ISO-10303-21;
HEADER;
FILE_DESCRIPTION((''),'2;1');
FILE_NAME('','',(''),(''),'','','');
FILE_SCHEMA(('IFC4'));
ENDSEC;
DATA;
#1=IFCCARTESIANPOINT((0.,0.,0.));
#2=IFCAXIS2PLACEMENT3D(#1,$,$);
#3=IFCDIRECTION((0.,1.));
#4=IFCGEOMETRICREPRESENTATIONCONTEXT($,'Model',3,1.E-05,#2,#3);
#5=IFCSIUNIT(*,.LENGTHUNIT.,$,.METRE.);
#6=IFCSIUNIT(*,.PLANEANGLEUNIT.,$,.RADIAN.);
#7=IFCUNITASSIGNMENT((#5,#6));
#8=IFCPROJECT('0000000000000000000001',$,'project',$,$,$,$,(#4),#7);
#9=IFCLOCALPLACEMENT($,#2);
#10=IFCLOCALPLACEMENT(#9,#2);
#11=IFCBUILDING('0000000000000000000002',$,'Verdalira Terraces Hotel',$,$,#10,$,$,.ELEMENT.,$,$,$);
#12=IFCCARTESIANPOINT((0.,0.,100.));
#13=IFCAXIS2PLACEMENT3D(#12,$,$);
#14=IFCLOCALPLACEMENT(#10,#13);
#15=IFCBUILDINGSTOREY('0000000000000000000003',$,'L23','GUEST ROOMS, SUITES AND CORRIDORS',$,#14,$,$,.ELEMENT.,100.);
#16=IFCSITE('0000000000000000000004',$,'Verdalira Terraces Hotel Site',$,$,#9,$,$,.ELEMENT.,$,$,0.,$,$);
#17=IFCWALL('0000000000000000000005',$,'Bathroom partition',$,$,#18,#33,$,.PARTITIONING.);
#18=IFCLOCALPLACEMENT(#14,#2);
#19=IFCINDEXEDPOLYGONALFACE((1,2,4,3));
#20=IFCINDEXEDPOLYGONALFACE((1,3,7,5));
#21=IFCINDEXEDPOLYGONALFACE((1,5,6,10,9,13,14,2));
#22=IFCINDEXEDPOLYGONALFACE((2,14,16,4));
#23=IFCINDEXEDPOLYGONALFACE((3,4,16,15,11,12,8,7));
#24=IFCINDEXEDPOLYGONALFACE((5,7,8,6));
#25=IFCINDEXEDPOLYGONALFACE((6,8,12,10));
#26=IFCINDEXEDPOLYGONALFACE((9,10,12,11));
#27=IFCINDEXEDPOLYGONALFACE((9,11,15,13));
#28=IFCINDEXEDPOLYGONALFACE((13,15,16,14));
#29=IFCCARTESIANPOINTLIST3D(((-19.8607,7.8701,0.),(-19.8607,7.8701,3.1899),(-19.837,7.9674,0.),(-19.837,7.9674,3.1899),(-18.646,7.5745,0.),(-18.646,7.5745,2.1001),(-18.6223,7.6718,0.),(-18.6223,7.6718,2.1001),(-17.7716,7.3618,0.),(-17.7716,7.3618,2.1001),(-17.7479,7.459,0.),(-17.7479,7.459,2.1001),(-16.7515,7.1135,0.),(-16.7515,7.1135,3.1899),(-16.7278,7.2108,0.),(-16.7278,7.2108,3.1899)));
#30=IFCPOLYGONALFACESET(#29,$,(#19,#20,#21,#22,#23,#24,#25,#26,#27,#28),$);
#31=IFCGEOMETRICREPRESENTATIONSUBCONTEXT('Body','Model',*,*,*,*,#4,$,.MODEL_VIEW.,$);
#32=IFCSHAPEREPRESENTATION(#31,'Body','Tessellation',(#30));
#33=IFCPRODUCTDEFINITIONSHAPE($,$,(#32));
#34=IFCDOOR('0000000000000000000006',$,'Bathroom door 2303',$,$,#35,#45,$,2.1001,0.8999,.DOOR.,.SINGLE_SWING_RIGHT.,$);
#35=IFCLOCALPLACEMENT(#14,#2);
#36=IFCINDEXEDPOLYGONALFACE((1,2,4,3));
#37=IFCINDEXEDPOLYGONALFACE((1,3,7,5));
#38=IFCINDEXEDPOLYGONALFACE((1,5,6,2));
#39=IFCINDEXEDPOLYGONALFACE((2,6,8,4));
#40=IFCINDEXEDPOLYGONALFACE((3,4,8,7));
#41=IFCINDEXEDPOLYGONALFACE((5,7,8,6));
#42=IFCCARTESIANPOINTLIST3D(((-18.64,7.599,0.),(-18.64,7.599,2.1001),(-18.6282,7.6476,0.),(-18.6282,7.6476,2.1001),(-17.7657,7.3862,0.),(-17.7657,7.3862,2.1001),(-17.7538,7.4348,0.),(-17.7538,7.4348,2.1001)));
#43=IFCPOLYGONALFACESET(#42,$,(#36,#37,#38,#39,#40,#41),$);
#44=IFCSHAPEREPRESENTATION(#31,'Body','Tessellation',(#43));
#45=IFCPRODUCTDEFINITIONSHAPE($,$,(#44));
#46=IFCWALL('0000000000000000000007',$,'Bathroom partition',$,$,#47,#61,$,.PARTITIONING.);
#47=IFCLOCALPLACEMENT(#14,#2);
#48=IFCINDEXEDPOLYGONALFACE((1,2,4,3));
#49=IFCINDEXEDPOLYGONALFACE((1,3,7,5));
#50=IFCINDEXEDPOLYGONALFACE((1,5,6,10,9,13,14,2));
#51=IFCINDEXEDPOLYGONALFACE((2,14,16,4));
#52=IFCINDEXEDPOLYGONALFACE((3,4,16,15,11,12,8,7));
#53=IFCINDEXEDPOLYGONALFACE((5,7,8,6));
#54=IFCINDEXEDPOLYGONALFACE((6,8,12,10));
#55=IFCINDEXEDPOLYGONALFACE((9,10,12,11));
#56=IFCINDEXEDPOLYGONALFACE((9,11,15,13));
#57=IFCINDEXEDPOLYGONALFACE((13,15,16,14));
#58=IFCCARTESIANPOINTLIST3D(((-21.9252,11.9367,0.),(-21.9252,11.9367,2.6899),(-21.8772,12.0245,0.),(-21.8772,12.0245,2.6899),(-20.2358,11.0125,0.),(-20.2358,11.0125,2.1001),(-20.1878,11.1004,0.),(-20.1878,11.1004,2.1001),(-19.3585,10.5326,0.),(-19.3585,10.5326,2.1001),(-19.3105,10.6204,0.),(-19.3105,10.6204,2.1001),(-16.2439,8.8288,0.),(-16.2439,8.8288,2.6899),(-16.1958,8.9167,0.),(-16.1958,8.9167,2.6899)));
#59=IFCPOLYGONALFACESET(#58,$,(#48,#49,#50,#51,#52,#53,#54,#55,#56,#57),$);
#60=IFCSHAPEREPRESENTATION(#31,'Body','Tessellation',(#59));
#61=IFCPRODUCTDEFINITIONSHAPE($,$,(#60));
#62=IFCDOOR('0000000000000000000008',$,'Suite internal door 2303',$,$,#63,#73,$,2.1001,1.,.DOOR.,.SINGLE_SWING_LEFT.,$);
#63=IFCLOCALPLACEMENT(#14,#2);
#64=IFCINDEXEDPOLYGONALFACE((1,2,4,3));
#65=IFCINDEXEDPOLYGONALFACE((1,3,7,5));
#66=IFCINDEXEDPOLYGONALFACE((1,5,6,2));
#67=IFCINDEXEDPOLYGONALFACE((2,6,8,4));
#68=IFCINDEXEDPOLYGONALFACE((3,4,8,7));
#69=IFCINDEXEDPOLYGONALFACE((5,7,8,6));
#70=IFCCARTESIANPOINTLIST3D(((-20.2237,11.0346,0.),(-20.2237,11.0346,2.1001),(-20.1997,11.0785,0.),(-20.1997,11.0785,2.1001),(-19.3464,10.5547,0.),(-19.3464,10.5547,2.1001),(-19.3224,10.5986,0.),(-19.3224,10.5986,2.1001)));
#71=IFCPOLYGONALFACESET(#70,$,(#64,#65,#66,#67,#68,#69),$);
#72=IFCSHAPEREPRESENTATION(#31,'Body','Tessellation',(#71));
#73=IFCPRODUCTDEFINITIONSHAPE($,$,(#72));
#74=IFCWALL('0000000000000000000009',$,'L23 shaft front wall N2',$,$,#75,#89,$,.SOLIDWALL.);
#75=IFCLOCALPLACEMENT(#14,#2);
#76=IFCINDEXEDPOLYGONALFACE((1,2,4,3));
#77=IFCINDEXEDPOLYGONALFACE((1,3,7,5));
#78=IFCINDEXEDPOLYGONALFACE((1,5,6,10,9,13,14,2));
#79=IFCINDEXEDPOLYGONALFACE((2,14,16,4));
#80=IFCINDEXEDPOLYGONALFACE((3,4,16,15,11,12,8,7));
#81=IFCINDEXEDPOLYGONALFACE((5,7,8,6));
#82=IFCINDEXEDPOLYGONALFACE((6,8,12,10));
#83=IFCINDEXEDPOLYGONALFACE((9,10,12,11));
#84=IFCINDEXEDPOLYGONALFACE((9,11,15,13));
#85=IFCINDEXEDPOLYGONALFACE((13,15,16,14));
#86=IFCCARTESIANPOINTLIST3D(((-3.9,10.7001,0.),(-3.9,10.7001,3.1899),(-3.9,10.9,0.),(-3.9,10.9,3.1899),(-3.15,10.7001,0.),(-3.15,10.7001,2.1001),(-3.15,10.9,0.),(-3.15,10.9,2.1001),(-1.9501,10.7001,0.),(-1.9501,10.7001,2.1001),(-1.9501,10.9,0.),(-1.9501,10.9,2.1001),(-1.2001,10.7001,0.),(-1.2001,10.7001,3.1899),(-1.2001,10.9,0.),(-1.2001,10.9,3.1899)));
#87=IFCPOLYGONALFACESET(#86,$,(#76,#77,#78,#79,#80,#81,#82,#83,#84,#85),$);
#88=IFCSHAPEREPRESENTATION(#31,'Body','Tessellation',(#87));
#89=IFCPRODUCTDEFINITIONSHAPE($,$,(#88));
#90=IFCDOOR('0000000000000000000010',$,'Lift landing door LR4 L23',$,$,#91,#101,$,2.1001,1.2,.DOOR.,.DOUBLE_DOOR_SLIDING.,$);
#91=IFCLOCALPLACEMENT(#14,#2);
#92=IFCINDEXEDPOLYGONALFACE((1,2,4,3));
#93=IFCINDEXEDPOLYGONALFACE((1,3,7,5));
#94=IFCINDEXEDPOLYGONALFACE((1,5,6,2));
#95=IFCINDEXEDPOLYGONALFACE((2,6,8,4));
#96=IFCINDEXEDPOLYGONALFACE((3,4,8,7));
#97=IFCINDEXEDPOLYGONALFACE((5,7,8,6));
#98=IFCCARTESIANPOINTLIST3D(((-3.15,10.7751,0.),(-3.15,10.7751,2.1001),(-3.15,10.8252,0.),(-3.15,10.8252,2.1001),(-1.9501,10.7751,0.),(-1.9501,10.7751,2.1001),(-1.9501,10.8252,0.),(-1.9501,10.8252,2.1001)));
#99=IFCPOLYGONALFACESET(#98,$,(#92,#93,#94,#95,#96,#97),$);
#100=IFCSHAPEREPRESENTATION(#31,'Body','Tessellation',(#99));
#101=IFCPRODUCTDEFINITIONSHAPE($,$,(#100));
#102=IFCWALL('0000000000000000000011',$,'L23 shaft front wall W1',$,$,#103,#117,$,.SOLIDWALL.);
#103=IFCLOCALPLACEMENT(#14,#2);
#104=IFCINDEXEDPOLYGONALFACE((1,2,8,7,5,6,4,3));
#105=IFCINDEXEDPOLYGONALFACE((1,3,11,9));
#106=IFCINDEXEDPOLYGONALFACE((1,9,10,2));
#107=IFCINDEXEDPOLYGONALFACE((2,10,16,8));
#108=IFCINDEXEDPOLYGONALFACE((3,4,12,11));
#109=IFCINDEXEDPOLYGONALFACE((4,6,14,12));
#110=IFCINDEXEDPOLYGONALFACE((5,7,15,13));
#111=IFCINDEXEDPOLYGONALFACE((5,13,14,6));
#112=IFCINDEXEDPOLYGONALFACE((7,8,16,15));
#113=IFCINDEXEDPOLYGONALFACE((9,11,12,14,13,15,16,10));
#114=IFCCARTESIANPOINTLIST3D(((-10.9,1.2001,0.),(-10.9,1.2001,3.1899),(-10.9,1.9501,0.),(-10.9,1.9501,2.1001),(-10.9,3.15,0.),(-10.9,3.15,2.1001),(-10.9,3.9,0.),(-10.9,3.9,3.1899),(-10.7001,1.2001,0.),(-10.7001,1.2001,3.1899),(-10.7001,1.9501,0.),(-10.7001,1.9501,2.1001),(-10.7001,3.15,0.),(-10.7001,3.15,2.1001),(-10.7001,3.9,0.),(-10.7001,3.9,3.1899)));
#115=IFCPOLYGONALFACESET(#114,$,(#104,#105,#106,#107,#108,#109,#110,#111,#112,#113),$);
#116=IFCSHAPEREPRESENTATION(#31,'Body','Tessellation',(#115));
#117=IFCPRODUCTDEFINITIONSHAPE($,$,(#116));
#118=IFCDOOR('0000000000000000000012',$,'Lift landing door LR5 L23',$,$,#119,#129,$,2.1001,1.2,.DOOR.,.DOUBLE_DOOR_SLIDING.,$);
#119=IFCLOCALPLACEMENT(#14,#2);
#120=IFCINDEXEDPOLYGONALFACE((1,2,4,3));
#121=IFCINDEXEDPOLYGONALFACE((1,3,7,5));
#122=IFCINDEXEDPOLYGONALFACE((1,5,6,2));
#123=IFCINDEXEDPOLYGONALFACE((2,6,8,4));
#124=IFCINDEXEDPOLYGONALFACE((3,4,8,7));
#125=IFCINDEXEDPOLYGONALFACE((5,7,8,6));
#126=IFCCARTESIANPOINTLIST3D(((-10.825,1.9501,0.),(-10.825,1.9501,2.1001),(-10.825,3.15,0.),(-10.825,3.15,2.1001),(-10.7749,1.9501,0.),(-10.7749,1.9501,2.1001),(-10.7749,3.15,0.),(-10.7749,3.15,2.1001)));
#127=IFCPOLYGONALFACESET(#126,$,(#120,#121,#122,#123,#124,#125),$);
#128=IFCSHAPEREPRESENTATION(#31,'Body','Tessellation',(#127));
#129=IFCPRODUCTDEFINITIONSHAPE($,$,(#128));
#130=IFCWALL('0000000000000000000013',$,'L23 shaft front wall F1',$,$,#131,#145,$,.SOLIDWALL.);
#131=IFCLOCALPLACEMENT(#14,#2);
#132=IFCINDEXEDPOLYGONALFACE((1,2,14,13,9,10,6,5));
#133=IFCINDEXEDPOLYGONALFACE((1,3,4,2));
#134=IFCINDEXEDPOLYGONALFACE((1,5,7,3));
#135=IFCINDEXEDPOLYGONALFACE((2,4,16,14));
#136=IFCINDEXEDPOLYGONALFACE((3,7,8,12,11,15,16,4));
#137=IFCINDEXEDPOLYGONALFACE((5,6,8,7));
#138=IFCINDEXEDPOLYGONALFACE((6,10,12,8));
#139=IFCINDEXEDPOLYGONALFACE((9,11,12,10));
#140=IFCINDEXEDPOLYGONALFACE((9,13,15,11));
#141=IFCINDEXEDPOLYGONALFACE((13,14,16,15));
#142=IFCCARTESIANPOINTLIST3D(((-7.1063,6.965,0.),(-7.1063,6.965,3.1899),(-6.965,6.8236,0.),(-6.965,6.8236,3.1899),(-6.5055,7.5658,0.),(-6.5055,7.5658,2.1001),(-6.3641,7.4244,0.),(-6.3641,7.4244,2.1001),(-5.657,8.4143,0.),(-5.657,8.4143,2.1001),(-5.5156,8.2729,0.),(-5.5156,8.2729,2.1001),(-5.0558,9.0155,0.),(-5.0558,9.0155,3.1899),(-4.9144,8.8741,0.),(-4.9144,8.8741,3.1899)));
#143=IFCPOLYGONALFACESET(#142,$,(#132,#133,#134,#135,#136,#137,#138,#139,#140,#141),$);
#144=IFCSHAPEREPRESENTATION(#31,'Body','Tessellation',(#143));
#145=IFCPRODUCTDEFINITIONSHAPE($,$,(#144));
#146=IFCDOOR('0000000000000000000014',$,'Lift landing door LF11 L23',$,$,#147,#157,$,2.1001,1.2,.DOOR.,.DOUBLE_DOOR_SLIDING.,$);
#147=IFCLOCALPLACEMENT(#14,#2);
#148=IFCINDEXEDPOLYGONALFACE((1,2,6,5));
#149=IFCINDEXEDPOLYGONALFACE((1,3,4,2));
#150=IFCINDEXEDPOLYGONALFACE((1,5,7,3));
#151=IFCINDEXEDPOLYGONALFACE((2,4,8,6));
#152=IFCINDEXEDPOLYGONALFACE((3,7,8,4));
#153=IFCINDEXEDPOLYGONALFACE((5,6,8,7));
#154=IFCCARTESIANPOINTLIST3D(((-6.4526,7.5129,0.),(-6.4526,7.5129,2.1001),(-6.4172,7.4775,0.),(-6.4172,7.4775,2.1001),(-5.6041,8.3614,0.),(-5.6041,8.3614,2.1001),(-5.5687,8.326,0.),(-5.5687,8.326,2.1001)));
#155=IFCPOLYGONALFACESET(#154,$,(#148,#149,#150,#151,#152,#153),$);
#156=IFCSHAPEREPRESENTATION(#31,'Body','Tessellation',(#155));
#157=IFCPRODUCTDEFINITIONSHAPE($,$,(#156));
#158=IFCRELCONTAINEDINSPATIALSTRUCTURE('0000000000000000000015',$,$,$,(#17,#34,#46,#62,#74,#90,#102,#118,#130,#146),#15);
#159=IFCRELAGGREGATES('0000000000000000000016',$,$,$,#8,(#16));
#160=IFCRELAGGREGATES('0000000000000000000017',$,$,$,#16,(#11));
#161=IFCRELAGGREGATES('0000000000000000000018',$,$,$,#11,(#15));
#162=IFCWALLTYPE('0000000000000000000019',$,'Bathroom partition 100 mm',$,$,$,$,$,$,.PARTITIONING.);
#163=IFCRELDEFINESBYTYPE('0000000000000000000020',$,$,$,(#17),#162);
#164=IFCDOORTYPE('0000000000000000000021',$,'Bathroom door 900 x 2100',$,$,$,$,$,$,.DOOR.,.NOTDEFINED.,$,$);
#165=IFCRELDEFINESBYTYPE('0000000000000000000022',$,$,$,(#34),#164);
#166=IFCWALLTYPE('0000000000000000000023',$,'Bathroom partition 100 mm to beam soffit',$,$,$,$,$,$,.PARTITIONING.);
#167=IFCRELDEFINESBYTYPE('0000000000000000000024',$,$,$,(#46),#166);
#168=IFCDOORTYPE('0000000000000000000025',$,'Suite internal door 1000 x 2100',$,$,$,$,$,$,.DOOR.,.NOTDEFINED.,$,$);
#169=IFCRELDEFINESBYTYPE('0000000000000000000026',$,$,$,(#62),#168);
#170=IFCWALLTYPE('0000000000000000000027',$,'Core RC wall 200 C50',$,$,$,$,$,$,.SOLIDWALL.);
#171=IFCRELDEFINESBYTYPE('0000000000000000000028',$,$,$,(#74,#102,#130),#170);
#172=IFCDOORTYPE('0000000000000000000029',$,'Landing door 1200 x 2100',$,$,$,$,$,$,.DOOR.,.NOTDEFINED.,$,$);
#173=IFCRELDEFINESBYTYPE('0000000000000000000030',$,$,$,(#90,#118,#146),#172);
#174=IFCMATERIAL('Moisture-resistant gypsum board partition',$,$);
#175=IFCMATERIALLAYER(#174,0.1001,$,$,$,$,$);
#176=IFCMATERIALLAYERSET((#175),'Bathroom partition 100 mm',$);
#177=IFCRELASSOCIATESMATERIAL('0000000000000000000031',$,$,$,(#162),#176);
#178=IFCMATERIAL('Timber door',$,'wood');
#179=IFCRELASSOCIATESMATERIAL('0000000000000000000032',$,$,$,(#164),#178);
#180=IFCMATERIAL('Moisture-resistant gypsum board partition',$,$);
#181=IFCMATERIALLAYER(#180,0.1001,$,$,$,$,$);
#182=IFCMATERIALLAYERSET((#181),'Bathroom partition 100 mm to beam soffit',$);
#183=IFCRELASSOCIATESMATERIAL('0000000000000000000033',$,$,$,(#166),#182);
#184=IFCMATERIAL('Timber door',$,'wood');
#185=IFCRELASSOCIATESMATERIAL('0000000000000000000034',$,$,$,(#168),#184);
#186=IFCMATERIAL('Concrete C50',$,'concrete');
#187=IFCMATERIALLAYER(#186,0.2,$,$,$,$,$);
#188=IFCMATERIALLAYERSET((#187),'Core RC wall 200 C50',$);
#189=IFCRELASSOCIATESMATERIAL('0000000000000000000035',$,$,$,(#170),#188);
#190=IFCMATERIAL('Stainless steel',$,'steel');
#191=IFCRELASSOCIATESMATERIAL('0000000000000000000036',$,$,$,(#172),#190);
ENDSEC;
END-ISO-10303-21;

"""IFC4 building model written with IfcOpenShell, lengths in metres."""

from ifc_helpers import new_model, si_unit, direction, frame, frame_2d, origin, place, context, subcontext, project, spatial, rectangle, extrude, material, layer, layer_set, type_object, element, fill, save


model = new_model("IFC4")

# Units and contexts
model_context = context("Model", 3, precision=1e-05, world=origin(), true_north=direction((0.0, 1.0)))
body_context = subcontext(model_context, "Body", "Model", "MODEL_VIEW")
ifc_project = project(units=[si_unit("LENGTHUNIT", "METRE"), si_unit("PLANEANGLEUNIT", "RADIAN")], contexts=[model_context])

# Site, building, storey
site_placement = place(None, origin())
site = spatial("IfcSite", under=ifc_project, at=site_placement, Name="Verdalira Terraces Hotel Site", CompositionType="ELEMENT", RefElevation=0.0)
building_placement = place(site_placement, origin())
building = spatial("IfcBuilding", under=site, at=building_placement, Name="Verdalira Terraces Hotel", CompositionType="ELEMENT")
storey_placement = place(building_placement, frame((0.0, 0.0, 100.0)))
storey = spatial("IfcBuildingStorey", under=building, at=storey_placement, Name="L23", Description="GUEST ROOMS, SUITES AND CORRIDORS", CompositionType="ELEMENT", Elevation=100.0)

# Walls, openings, doors
ifc_material_1 = material(Name="Moisture-resistant gypsum board partition")
ifc_layer_1 = layer(ifc_material_1, 0.1001)
ifc_layer_set_1 = layer_set([ifc_layer_1], Name="Bathroom partition 100 mm")
wall_type_1 = type_object("IfcWallType", Name="Bathroom partition 100 mm", PredefinedType="PARTITIONING", material=ifc_layer_set_1)
wall_1_placement = place(storey_placement, frame((-16.7395, 7.1621, 0.0), z_axis=(0.0, 0.0, 1.0), x_axis=(-0.971645, 0.236445, 0.0)))
wall_1 = element("IfcWall", 1, at=wall_1_placement, inside=storey, type_object=wall_type_1, Name="Bathroom partition", PredefinedType="PARTITIONING", context=body_context, shape_type="SweptSolid", body=[
    extrude(rectangle(XDim=3.2, YDim=0.1001, at=frame_2d((1.6001, 0.0))), origin(), (0.0, 0.0, 1.0), 3.1899),
])
opening_1_placement = place(wall_1_placement, frame((1.05, 0.0, 0.0)))
opening_1 = element("IfcOpeningElement", 2, at=opening_1_placement, cuts=wall_1, PredefinedType="OPENING", context=body_context, shape_type="SweptSolid", body=[
    extrude(rectangle(XDim=0.8999, YDim=2.1001, at=frame_2d((0.45, 1.05))), frame((0.0, 0.0601, 0.0), z_axis=(0.0, -1.0, 0.0), x_axis=(1.0, 0.0, 0.0)), (0.0, 0.0, 1.0), 0.1201),
])
ifc_material_2 = material(Name="Timber door", Category="wood")
door_type_1 = type_object("IfcDoorType", Name="Bathroom door 900 x 2100", OperationType="NOTDEFINED", PredefinedType="DOOR", material=ifc_material_2)
door_1_placement = place(opening_1_placement, origin())
door_1 = element("IfcDoor", 3, at=door_1_placement, inside=storey, type_object=door_type_1, Name="Bathroom door 2303", OperationType="SINGLE_SWING_RIGHT", OverallHeight=2.1001, OverallWidth=0.8999, PredefinedType="DOOR", context=body_context, shape_type="SweptSolid", body=[
    extrude(rectangle(XDim=0.8999, YDim=2.1001, at=frame_2d((0.45, 1.05))), frame((0.0, 0.0249, 0.0), z_axis=(0.0, -1.0, 0.0), x_axis=(1.0, 0.0, 0.0)), (0.0, 0.0, 1.0), 0.05),
])
fill(opening_1, door_1)
ifc_material_3 = material(Name="Moisture-resistant gypsum board partition")
ifc_layer_2 = layer(ifc_material_3, 0.1001)
ifc_layer_set_2 = layer_set([ifc_layer_2], Name="Bathroom partition 100 mm to beam soffit")
wall_type_2 = type_object("IfcWallType", Name="Bathroom partition 100 mm to beam soffit", PredefinedType="PARTITIONING", material=ifc_layer_set_2)
wall_2_placement = place(storey_placement, frame((-16.22, 8.8728, 0.0), z_axis=(0.0, 0.0, 1.0), x_axis=(-0.877313, 0.479919, 0.0)))
wall_2 = element("IfcWall", 4, at=wall_2_placement, inside=storey, type_object=wall_type_2, Name="Bathroom partition", PredefinedType="PARTITIONING", context=body_context, shape_type="SweptSolid", body=[
    extrude(rectangle(XDim=6.4758, YDim=0.1001, at=frame_2d((3.2378, 0.0))), origin(), (0.0, 0.0, 1.0), 2.6899),
])
opening_2_placement = place(wall_2_placement, frame((3.55, 0.0, 0.0)))
opening_2 = element("IfcOpeningElement", 5, at=opening_2_placement, cuts=wall_2, PredefinedType="OPENING", context=body_context, shape_type="SweptSolid", body=[
    extrude(rectangle(XDim=1.0, YDim=2.1001, at=frame_2d((0.5, 1.05))), frame((0.0, 0.0601, 0.0), z_axis=(0.0, -1.0, 0.0), x_axis=(1.0, 0.0, 0.0)), (0.0, 0.0, 1.0), 0.1201),
])
ifc_material_4 = material(Name="Timber door", Category="wood")
door_type_2 = type_object("IfcDoorType", Name="Suite internal door 1000 x 2100", OperationType="NOTDEFINED", PredefinedType="DOOR", material=ifc_material_4)
door_2_placement = place(opening_2_placement, origin())
door_2 = element("IfcDoor", 6, at=door_2_placement, inside=storey, type_object=door_type_2, Name="Suite internal door 2303", OperationType="SINGLE_SWING_LEFT", OverallHeight=2.1001, OverallWidth=1.0, PredefinedType="DOOR", context=body_context, shape_type="SweptSolid", body=[
    extrude(rectangle(XDim=1.0, YDim=2.1001, at=frame_2d((0.5, 1.05))), frame((0.0, 0.0249, 0.0), z_axis=(0.0, -1.0, 0.0), x_axis=(1.0, 0.0, 0.0)), (0.0, 0.0, 1.0), 0.05),
])
fill(opening_2, door_2)
ifc_material_5 = material(Name="Concrete C50", Category="concrete")
ifc_layer_3 = layer(ifc_material_5, 0.2)
ifc_layer_set_3 = layer_set([ifc_layer_3], Name="Core RC wall 200 C50")
wall_type_3 = type_object("IfcWallType", Name="Core RC wall 200 C50", PredefinedType="SOLIDWALL", material=ifc_layer_set_3)
wall_3_placement = place(storey_placement, frame((-1.2, 10.8, 0.0), z_axis=(0.0, 0.0, 1.0), x_axis=(-1.0, 0.0, 0.0)))
wall_3 = element("IfcWall", 7, at=wall_3_placement, inside=storey, type_object=wall_type_3, Name="L23 shaft front wall N2", PredefinedType="SOLIDWALL", context=body_context, shape_type="SweptSolid", body=[
    extrude(rectangle(XDim=2.7, YDim=0.2, at=frame_2d((1.3501, 0.0))), origin(), (0.0, 0.0, 1.0), 3.1899),
])
opening_3_placement = place(wall_3_placement, frame((0.75, 0.0, 0.0)))
opening_3 = element("IfcOpeningElement", 8, at=opening_3_placement, cuts=wall_3, PredefinedType="OPENING", context=body_context, shape_type="SweptSolid", body=[
    extrude(rectangle(XDim=1.2, YDim=2.1001, at=frame_2d((0.6001, 1.05))), frame((0.0, 0.1099, 0.0), z_axis=(0.0, -1.0, 0.0), x_axis=(1.0, 0.0, 0.0)), (0.0, 0.0, 1.0), 0.22),
])
ifc_material_6 = material(Name="Stainless steel", Category="steel")
door_type_3 = type_object("IfcDoorType", Name="Landing door 1200 x 2100", OperationType="NOTDEFINED", PredefinedType="DOOR", material=ifc_material_6)
door_3_placement = place(opening_3_placement, origin())
door_3 = element("IfcDoor", 9, at=door_3_placement, inside=storey, type_object=door_type_3, Name="Lift landing door LR4 L23", OperationType="DOUBLE_DOOR_SLIDING", OverallHeight=2.1001, OverallWidth=1.2, PredefinedType="DOOR", context=body_context, shape_type="SweptSolid", body=[
    extrude(rectangle(XDim=1.2, YDim=2.1001, at=frame_2d((0.6001, 1.05))), frame((0.0, 0.0249, 0.0), z_axis=(0.0, -1.0, 0.0), x_axis=(1.0, 0.0, 0.0)), (0.0, 0.0, 1.0), 0.05),
])
fill(opening_3, door_3)
wall_4_placement = place(storey_placement, frame((-10.8, 1.2, 0.0), z_axis=(0.0, 0.0, 1.0), x_axis=(0.0, 1.0, 0.0)))
wall_4 = element("IfcWall", 10, at=wall_4_placement, inside=storey, type_object=wall_type_3, Name="L23 shaft front wall W1", PredefinedType="SOLIDWALL", context=body_context, shape_type="SweptSolid", body=[
    extrude(rectangle(XDim=2.7, YDim=0.2, at=frame_2d((1.3501, 0.0))), origin(), (0.0, 0.0, 1.0), 3.1899),
])
opening_4_placement = place(wall_4_placement, frame((0.75, 0.0, 0.0)))
opening_4 = element("IfcOpeningElement", 11, at=opening_4_placement, cuts=wall_4, PredefinedType="OPENING", context=body_context, shape_type="SweptSolid", body=[
    extrude(rectangle(XDim=1.2, YDim=2.1001, at=frame_2d((0.6001, 1.05))), frame((0.0, 0.1099, 0.0), z_axis=(0.0, -1.0, 0.0), x_axis=(1.0, 0.0, 0.0)), (0.0, 0.0, 1.0), 0.22),
])
door_4_placement = place(opening_4_placement, origin())
door_4 = element("IfcDoor", 12, at=door_4_placement, inside=storey, type_object=door_type_3, Name="Lift landing door LR5 L23", OperationType="DOUBLE_DOOR_SLIDING", OverallHeight=2.1001, OverallWidth=1.2, PredefinedType="DOOR", context=body_context, shape_type="SweptSolid", body=[
    extrude(rectangle(XDim=1.2, YDim=2.1001, at=frame_2d((0.6001, 1.05))), frame((0.0, 0.0249, 0.0), z_axis=(0.0, -1.0, 0.0), x_axis=(1.0, 0.0, 0.0)), (0.0, 0.0, 1.0), 0.05),
])
fill(opening_4, door_4)
wall_5_placement = place(storey_placement, frame((-4.9851, 8.9448, 0.0), z_axis=(0.0, 0.0, 1.0), x_axis=(-0.707107, -0.707107, 0.0)))
wall_5 = element("IfcWall", 13, at=wall_5_placement, inside=storey, type_object=wall_type_3, Name="L23 shaft front wall F1", PredefinedType="SOLIDWALL", context=body_context, shape_type="SweptSolid", body=[
    extrude(rectangle(XDim=2.8999, YDim=0.2, at=frame_2d((1.45, 0.0))), origin(), (0.0, 0.0, 1.0), 3.1899),
])
opening_5_placement = place(wall_5_placement, frame((0.8501, 0.0, 0.0)))
opening_5 = element("IfcOpeningElement", 14, at=opening_5_placement, cuts=wall_5, PredefinedType="OPENING", context=body_context, shape_type="SweptSolid", body=[
    extrude(rectangle(XDim=1.2, YDim=2.1001, at=frame_2d((0.6001, 1.05))), frame((0.0, 0.1099, 0.0), z_axis=(0.0, -1.0, 0.0), x_axis=(1.0, 0.0, 0.0)), (0.0, 0.0, 1.0), 0.22),
])
door_5_placement = place(opening_5_placement, origin())
door_5 = element("IfcDoor", 15, at=door_5_placement, inside=storey, type_object=door_type_3, Name="Lift landing door LF11 L23", OperationType="DOUBLE_DOOR_SLIDING", OverallHeight=2.1001, OverallWidth=1.2, PredefinedType="DOOR", context=body_context, shape_type="SweptSolid", body=[
    extrude(rectangle(XDim=1.2, YDim=2.1001, at=frame_2d((0.6001, 1.05))), frame((0.0, 0.0249, 0.0), z_axis=(0.0, -1.0, 0.0), x_axis=(1.0, 0.0, 0.0)), (0.0, 0.0, 1.0), 0.05),
])
fill(opening_5, door_5)

save(model, "model.ifc")
